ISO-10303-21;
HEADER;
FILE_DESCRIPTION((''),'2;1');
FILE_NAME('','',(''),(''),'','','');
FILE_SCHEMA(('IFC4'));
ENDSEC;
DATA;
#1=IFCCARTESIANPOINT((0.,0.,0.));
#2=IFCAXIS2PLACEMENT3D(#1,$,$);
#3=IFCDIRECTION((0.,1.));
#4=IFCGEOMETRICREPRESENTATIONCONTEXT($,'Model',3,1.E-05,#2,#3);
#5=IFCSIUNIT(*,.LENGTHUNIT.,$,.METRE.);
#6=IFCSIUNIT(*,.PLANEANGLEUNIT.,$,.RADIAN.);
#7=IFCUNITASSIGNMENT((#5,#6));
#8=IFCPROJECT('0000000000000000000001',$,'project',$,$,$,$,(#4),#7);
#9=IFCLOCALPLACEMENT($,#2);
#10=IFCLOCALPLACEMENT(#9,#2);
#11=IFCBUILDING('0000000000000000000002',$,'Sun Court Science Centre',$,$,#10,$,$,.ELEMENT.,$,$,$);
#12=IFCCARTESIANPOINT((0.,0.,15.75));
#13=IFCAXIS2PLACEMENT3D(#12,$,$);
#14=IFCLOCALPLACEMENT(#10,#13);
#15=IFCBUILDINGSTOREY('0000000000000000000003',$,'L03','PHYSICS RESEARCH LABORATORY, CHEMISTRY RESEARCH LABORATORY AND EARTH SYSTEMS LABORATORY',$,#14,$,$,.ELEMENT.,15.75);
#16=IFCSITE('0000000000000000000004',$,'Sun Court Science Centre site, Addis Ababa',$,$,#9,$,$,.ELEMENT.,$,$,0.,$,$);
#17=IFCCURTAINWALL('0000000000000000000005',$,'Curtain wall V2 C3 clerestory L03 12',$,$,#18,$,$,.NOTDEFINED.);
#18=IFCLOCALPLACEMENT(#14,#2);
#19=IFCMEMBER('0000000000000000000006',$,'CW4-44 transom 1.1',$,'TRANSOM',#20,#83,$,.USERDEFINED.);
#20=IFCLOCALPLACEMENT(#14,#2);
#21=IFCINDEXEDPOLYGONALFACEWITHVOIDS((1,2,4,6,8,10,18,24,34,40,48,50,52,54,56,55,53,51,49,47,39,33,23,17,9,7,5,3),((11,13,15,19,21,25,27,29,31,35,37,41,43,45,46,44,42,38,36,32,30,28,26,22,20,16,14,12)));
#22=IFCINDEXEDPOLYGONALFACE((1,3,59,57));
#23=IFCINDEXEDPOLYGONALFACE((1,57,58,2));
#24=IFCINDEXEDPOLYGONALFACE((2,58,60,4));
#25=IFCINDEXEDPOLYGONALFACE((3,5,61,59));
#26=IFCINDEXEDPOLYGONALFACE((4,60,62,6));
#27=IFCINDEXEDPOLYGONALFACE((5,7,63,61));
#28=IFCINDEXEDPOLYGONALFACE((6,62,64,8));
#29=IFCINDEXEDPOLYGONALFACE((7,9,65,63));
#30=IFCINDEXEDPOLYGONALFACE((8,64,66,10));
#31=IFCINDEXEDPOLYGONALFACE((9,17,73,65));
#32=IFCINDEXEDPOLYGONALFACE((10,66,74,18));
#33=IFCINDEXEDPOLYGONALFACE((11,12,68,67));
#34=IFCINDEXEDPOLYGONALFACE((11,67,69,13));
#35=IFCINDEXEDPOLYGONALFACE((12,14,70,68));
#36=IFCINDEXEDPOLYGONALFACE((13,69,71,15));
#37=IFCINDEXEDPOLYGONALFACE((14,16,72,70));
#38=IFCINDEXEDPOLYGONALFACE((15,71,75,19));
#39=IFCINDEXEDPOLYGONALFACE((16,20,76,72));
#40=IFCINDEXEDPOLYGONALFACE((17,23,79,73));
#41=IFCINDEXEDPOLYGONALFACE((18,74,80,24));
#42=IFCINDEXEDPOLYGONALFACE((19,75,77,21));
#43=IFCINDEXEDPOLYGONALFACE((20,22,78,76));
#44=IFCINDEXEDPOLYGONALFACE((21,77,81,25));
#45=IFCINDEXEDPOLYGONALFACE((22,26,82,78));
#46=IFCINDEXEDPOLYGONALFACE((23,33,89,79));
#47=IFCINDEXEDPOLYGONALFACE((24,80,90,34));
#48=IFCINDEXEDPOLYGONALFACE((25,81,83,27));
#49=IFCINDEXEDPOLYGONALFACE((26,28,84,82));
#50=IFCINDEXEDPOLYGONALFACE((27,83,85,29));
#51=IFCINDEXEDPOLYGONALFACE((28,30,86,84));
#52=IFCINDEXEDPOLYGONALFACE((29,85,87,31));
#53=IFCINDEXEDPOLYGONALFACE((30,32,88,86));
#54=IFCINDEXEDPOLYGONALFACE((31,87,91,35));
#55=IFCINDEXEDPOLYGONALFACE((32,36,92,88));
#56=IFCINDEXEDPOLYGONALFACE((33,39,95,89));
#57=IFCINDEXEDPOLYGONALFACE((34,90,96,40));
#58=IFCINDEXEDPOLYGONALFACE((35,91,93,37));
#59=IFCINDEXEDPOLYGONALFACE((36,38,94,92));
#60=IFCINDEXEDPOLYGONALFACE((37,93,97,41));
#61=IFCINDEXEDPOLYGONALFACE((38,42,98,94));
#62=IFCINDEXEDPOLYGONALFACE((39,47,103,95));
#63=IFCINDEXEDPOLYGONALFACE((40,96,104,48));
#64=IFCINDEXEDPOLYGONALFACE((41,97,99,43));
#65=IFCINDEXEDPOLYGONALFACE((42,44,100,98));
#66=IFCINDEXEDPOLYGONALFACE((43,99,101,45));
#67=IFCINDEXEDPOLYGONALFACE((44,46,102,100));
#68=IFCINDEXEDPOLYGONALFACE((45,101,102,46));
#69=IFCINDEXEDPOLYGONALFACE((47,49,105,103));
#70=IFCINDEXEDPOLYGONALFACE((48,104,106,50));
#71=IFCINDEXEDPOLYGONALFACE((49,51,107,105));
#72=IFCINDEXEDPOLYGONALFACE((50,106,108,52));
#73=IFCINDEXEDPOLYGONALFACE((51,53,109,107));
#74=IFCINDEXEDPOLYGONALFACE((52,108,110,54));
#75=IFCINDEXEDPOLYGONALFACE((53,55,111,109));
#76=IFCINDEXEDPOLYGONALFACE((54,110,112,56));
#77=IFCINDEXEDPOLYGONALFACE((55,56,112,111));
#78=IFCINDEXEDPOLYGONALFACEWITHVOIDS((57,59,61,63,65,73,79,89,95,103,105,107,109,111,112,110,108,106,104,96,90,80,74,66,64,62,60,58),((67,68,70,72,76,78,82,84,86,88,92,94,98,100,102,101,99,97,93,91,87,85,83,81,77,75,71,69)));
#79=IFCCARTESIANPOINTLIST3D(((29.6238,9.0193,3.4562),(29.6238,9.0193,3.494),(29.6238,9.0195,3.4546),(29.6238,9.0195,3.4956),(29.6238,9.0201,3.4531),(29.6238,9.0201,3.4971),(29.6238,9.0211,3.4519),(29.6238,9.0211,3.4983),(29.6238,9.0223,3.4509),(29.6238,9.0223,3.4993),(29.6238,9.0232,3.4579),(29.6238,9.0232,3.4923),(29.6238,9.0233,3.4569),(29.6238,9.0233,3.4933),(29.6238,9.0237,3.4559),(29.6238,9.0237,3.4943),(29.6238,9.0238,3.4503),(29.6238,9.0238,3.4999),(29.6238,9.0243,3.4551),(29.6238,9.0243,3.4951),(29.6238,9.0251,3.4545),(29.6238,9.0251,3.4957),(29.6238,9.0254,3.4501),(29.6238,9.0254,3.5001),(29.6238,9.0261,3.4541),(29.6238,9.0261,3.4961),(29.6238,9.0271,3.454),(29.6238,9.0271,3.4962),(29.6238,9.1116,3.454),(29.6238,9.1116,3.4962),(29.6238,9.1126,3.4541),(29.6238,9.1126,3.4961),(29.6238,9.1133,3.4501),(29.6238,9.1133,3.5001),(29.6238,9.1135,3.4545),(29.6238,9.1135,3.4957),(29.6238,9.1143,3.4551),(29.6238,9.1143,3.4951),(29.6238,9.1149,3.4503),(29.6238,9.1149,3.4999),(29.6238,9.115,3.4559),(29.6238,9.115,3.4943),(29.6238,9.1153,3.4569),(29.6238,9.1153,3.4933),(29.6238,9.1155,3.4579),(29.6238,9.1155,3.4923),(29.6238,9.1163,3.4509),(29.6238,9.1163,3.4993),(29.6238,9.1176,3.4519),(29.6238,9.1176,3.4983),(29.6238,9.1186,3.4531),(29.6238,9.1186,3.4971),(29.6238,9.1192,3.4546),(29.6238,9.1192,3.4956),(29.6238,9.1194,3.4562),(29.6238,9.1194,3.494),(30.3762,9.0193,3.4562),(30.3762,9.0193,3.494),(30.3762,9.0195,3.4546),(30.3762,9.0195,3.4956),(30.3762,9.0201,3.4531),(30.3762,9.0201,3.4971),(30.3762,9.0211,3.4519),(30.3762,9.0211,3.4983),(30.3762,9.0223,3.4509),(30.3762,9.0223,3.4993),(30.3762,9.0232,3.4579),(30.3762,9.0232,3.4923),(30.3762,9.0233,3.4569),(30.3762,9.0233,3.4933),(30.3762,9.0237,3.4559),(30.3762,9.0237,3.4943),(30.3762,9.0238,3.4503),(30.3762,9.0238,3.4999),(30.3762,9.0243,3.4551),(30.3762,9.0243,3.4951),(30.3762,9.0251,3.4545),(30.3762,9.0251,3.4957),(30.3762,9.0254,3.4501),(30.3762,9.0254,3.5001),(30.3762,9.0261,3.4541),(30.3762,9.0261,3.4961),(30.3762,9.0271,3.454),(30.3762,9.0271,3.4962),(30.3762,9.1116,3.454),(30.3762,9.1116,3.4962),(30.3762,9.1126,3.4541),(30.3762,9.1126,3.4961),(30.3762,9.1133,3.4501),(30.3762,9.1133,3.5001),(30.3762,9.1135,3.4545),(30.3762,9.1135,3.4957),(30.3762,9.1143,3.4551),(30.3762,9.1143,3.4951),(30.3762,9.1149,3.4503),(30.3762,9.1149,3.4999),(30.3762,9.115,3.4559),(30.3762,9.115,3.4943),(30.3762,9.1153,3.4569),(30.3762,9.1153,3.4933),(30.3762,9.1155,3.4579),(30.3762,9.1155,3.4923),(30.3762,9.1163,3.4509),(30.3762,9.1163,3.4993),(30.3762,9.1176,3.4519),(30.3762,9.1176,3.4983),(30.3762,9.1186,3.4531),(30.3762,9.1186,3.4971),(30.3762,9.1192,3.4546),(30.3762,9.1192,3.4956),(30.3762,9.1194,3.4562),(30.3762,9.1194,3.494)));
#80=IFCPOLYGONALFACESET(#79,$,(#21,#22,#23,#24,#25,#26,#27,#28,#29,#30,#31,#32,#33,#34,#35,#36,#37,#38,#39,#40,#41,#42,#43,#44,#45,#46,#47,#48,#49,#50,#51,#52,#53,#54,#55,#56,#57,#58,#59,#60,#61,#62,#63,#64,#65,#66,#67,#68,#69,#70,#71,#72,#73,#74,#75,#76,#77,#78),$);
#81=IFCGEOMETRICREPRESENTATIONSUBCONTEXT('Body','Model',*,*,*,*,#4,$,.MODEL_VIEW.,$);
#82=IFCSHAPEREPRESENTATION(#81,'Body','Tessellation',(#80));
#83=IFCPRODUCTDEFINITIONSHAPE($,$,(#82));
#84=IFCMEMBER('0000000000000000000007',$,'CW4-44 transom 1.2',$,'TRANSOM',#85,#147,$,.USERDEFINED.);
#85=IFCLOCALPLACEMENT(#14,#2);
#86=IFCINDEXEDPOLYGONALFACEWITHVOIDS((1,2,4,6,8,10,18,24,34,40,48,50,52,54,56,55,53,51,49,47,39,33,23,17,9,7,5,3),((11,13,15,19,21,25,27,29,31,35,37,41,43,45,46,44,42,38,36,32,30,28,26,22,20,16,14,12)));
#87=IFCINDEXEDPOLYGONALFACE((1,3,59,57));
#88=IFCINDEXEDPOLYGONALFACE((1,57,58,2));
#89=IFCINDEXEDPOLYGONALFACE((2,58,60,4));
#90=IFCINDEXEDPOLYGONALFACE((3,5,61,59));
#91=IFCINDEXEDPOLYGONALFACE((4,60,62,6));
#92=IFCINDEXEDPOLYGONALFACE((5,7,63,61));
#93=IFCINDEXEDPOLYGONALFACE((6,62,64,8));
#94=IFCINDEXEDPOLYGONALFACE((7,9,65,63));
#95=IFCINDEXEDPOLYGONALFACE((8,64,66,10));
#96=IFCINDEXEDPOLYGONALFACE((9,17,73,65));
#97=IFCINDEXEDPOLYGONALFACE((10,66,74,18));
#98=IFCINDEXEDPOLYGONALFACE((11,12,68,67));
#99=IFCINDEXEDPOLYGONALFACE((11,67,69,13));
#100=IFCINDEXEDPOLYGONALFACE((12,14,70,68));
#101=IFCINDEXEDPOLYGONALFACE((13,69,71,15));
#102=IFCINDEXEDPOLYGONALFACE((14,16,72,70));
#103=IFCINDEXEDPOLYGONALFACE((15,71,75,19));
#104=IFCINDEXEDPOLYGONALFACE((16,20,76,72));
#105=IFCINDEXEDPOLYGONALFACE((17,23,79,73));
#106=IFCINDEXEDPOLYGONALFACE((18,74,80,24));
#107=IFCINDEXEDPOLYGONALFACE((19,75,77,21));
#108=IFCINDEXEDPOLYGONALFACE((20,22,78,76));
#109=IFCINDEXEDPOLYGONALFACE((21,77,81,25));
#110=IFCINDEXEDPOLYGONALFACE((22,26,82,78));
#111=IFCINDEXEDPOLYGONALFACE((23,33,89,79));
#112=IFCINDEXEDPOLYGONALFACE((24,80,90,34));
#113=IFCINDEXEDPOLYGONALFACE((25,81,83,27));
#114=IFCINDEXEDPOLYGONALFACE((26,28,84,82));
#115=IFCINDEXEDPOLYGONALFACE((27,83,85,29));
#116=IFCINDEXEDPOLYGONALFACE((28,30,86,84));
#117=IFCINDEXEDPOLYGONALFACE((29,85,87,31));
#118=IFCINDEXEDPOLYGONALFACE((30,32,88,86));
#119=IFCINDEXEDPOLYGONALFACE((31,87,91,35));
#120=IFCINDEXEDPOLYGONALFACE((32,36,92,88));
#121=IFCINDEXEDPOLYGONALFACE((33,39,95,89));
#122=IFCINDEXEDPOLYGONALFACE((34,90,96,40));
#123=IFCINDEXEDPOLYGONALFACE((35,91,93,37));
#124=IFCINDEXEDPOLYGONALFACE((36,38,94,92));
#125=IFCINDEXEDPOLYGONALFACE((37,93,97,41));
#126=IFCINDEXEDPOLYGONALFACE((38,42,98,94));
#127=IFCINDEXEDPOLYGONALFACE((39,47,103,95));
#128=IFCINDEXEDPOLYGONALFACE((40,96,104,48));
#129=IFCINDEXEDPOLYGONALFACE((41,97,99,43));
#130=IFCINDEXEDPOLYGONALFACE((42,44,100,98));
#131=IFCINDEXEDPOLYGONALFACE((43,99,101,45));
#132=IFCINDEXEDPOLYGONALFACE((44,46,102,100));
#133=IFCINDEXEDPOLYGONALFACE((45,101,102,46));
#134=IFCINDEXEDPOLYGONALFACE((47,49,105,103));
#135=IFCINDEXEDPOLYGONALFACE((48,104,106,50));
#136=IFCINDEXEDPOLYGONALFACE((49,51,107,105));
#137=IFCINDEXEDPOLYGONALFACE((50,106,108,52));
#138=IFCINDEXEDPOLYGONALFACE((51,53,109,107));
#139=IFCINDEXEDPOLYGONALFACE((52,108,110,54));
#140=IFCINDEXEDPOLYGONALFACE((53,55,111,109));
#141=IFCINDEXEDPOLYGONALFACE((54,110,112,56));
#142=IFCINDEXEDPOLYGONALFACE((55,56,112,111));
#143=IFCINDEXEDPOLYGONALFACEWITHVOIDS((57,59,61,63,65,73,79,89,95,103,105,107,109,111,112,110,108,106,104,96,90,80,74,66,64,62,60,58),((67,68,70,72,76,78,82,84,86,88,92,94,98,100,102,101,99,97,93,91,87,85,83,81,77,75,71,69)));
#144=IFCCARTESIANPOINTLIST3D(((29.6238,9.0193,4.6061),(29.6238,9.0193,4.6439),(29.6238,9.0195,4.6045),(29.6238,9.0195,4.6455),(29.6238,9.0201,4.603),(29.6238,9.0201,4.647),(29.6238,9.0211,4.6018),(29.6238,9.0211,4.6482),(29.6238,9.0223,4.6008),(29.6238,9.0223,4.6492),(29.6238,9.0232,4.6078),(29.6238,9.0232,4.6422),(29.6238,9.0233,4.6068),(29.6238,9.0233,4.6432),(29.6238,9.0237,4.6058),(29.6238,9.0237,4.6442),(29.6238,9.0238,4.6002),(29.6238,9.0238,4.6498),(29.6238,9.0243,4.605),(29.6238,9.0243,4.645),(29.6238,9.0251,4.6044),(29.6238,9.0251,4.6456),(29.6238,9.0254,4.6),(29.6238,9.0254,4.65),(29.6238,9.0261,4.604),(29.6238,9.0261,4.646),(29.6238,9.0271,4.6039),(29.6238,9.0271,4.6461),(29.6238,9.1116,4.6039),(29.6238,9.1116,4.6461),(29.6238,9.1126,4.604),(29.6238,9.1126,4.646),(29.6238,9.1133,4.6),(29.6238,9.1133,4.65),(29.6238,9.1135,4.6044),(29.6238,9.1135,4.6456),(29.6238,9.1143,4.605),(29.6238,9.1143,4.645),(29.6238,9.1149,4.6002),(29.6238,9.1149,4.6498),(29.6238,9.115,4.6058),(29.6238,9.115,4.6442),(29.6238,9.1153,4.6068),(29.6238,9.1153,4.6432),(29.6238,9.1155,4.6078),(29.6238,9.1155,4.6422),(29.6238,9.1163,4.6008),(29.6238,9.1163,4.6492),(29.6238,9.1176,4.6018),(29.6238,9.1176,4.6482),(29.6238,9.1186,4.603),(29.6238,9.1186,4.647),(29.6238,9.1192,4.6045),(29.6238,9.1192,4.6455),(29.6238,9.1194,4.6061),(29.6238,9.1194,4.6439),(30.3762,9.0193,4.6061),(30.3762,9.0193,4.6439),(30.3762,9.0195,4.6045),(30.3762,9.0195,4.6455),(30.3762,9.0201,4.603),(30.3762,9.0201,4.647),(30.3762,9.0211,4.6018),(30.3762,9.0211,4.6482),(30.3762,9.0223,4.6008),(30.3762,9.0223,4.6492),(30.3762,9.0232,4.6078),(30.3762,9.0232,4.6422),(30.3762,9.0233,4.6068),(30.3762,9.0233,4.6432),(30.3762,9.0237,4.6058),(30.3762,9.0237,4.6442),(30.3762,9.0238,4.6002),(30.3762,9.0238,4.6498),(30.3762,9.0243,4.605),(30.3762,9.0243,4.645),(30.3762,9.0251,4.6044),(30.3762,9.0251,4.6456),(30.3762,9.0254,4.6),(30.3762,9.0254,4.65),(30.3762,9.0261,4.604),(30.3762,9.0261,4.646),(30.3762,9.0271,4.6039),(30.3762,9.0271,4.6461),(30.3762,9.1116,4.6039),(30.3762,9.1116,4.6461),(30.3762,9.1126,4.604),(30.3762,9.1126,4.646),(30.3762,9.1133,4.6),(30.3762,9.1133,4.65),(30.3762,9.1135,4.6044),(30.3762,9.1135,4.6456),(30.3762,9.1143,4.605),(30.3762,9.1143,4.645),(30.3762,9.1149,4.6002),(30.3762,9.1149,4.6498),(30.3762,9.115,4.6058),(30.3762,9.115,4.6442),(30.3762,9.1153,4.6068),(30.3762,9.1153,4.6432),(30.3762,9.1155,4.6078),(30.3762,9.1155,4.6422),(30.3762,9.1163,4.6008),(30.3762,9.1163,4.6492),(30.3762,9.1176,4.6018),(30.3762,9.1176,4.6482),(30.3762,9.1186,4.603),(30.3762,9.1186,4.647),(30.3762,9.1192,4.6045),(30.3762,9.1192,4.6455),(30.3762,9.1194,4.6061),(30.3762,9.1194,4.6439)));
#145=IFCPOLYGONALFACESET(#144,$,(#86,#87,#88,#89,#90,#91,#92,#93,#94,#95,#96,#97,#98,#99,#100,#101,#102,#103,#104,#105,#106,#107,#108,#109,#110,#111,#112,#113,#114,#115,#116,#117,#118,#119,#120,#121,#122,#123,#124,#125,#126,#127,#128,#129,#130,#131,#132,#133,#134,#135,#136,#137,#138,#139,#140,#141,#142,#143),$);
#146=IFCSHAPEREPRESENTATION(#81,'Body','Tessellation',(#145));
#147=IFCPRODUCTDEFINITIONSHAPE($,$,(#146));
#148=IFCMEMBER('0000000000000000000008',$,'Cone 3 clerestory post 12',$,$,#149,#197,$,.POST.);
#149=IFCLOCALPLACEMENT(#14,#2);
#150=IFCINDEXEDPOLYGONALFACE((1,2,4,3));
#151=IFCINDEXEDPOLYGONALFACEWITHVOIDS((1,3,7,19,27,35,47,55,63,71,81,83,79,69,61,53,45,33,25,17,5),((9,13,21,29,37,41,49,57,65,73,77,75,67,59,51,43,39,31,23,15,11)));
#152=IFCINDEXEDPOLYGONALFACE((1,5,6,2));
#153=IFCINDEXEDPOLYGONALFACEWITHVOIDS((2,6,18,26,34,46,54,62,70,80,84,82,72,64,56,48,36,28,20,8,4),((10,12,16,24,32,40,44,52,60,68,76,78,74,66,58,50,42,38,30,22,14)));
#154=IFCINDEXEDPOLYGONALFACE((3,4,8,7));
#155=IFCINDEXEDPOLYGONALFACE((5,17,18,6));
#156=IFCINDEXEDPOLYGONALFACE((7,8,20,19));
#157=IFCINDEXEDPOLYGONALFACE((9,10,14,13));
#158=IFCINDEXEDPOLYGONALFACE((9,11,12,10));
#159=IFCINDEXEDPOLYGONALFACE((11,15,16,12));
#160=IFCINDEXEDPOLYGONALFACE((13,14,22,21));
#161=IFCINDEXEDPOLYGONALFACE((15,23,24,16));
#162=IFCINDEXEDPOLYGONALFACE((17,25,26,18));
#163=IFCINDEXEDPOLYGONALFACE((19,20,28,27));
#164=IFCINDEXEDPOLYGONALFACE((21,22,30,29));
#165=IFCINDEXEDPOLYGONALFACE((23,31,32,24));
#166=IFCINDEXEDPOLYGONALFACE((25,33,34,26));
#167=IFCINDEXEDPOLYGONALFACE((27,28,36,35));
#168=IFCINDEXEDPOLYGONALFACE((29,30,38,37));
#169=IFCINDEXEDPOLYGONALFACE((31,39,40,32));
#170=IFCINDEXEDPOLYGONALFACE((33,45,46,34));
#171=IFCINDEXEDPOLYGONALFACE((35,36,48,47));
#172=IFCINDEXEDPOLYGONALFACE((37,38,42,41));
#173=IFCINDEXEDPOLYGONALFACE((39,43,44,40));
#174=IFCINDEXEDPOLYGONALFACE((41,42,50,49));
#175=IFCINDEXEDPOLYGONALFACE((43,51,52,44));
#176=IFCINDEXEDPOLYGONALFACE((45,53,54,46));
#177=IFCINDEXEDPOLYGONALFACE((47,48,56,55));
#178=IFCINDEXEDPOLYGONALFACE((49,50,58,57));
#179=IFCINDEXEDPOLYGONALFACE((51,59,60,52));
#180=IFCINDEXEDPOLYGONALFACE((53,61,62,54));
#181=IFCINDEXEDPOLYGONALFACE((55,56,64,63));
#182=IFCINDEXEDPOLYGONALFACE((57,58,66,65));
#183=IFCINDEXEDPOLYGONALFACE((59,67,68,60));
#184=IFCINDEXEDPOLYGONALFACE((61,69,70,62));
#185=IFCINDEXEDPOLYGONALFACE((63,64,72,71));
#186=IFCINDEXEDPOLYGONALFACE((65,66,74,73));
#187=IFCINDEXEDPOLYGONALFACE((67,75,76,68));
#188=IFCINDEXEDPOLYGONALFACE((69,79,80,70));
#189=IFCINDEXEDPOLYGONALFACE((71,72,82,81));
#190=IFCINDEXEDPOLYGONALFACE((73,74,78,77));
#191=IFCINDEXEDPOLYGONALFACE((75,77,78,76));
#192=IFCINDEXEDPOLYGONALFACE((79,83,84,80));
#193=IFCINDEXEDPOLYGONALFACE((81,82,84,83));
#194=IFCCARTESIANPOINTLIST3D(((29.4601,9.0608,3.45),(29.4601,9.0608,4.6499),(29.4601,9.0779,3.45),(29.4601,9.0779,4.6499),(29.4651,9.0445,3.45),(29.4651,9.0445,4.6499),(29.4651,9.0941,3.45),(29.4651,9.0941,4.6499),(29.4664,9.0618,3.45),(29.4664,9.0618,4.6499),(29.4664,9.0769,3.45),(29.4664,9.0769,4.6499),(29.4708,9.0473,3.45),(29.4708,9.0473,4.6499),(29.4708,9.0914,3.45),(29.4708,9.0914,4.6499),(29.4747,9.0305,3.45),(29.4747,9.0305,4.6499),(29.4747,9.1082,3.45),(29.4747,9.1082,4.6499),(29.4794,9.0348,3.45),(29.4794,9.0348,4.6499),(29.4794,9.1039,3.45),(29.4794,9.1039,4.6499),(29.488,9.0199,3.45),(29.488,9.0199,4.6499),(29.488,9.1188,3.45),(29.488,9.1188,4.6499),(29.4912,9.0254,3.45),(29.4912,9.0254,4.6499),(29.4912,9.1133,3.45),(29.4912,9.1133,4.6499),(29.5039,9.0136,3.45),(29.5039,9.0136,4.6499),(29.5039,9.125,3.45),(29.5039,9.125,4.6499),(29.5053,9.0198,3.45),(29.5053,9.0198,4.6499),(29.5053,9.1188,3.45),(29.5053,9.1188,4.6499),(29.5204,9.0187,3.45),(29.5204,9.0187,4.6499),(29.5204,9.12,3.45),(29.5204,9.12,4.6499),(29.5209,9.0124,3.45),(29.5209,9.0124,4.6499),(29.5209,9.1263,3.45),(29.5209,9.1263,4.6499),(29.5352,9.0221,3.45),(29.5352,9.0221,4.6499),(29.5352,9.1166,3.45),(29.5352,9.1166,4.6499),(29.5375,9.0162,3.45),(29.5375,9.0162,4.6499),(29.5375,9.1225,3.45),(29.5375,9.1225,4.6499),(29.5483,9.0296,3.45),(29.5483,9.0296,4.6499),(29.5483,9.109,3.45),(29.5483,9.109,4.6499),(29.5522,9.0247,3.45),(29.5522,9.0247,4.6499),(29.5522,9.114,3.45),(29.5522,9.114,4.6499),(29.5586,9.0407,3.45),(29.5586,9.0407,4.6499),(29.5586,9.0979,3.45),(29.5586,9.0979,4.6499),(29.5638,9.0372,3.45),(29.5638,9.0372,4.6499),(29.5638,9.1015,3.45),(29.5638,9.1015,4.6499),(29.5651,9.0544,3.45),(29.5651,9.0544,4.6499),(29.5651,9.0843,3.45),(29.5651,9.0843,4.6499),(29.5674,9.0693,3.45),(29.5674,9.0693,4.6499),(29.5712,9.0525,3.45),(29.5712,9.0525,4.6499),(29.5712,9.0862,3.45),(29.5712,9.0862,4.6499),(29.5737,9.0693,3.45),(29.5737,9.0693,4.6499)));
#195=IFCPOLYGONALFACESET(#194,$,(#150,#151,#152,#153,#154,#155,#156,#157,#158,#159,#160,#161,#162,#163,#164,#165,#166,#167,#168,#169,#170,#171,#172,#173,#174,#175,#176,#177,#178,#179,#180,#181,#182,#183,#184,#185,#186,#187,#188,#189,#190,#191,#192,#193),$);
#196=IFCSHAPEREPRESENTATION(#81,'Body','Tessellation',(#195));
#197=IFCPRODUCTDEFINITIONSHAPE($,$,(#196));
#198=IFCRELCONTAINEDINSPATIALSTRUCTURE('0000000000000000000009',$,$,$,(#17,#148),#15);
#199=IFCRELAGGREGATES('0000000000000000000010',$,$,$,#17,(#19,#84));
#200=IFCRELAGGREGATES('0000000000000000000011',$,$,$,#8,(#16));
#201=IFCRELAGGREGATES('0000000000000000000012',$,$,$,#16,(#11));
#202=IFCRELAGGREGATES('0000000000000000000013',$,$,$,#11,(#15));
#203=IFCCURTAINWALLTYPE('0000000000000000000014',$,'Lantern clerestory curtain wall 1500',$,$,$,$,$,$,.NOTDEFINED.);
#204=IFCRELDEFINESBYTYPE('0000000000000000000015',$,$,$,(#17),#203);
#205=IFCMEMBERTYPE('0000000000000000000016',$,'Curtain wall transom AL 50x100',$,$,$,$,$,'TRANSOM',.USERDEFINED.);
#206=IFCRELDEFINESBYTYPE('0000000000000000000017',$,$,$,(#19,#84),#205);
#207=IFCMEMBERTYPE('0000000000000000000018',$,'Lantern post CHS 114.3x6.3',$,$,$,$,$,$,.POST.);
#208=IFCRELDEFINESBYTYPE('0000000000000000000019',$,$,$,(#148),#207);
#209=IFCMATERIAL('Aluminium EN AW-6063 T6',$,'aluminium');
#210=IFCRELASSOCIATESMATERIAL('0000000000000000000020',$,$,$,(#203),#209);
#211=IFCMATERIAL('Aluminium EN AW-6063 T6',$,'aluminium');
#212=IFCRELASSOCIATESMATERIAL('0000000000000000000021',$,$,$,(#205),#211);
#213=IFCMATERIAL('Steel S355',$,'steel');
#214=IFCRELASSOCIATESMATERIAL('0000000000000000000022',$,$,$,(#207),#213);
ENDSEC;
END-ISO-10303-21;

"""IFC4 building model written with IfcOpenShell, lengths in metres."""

from ifc_helpers import new_model, si_unit, direction, frame, origin, origin_2d, place, context, subcontext, project, spatial, hollow_rectangle, hollow_circle, extrude, material, material_profile, profile_set, type_object, element, aggregate, save


model = new_model("IFC4")

# Units and contexts
model_context = context("Model", 3, precision=1e-05, world=origin(), true_north=direction((0.0, 1.0)))
body_context = subcontext(model_context, "Body", "Model", "MODEL_VIEW")
ifc_project = project(units=[si_unit("LENGTHUNIT", "METRE"), si_unit("PLANEANGLEUNIT", "RADIAN")], contexts=[model_context])

# Site, building, storey
site_placement = place(None, origin())
site = spatial("IfcSite", under=ifc_project, at=site_placement, Name="Sun Court Science Centre site, Addis Ababa", CompositionType="ELEMENT", RefElevation=0.0)
building_placement = place(site_placement, origin())
building = spatial("IfcBuilding", under=site, at=building_placement, Name="Sun Court Science Centre", CompositionType="ELEMENT")
storey_placement = place(building_placement, frame((0.0, 0.0, 15.75)))
storey = spatial("IfcBuildingStorey", under=building, at=storey_placement, Name="L03", Description="PHYSICS RESEARCH LABORATORY, CHEMISTRY RESEARCH LABORATORY AND EARTH SYSTEMS LABORATORY", CompositionType="ELEMENT", Elevation=15.75)

# Shared definitions
ifc_material_1 = material(Name="Aluminium EN AW-6063 T6", Category="aluminium")
curtain_wall_type = type_object("IfcCurtainWallType", Name="Lantern clerestory curtain wall 1500", PredefinedType="NOTDEFINED", material=ifc_material_1)

# Curtain wall
curtain_wall_1_placement = place(storey_placement, origin())
curtain_wall_1 = element("IfcCurtainWall", 1, at=curtain_wall_1_placement, inside=storey, type_object=curtain_wall_type, Name="Curtain wall V2 C3 clerestory L03 12", PredefinedType="NOTDEFINED")

# Members
ifc_material_2 = material(Name="Aluminium EN AW-6063 T6", Category="aluminium")
ifc_material_profile_1 = material_profile(ifc_material_2, hollow_rectangle(XDim=0.05, YDim=0.1001, WallThickness=0.0039, InnerFilletRadius=0.0039, OuterFilletRadius=0.0061, at=origin_2d()), Name="AL 50x100x4")
ifc_profile_set_1 = profile_set([ifc_material_profile_1], Name="Aluminium EN AW-6063 T6")
member_type_1 = type_object("IfcMemberType", Name="Curtain wall transom AL 50x100", ElementType="TRANSOM", PredefinedType="USERDEFINED", material=ifc_profile_set_1)
member_1_placement = place(storey_placement, frame((30.3762, 9.0693, 3.4751), z_axis=(-1.0, 0.0, 0.0), x_axis=(0.0, 0.0, 1.0)))
member_1 = element("IfcMember", 2, at=member_1_placement, type_object=member_type_1, Name="CW4-44 transom 1.1", ObjectType="TRANSOM", PredefinedType="USERDEFINED", context=body_context, shape_type="SweptSolid", body=[
    extrude(hollow_rectangle(XDim=0.05, YDim=0.1001, WallThickness=0.0039, InnerFilletRadius=0.0039, OuterFilletRadius=0.0061, at=origin_2d()), origin(), (0.0, 0.0, 1.0), 0.7524),
])
member_2_placement = place(storey_placement, frame((30.3762, 9.0693, 4.625), z_axis=(-1.0, 0.0, 0.0), x_axis=(0.0, 0.0, 1.0)))
member_2 = element("IfcMember", 3, at=member_2_placement, type_object=member_type_1, Name="CW4-44 transom 1.2", ObjectType="TRANSOM", PredefinedType="USERDEFINED", context=body_context, shape_type="SweptSolid", body=[
    extrude(hollow_rectangle(XDim=0.05, YDim=0.1001, WallThickness=0.0039, InnerFilletRadius=0.0039, OuterFilletRadius=0.0061, at=origin_2d()), origin(), (0.0, 0.0, 1.0), 0.7524),
])

# Member
ifc_material_3 = material(Name="Steel S355", Category="steel")
ifc_material_profile_2 = material_profile(ifc_material_3, hollow_circle(Radius=0.0571, WallThickness=0.0063, at=origin_2d()), Name="CHS 114.3x6.3")
ifc_profile_set_2 = profile_set([ifc_material_profile_2], Name="Steel S355")
member_type_2 = type_object("IfcMemberType", Name="Lantern post CHS 114.3x6.3", PredefinedType="POST", material=ifc_profile_set_2)
for number, where, z_axis, x_axis, name in (
    (4, (29.5166, 9.0693, 3.45), (0.0, 0.0, 1.0), (1.0, 0.0, 0.0), "Cone 3 clerestory post 12"),
):
    element("IfcMember", number, at=place(storey_placement, frame(where, z_axis=z_axis, x_axis=x_axis)), inside=storey, type_object=member_type_2, Name=name, PredefinedType="POST", context=body_context, shape_type="SweptSolid", body=[
        extrude(hollow_circle(Radius=0.0571, WallThickness=0.0063, at=origin_2d()), origin(), (0.0, 0.0, 1.0), 1.2),
    ])

aggregate(curtain_wall_1, [member_1, member_2])

save(model, "model.ifc")
